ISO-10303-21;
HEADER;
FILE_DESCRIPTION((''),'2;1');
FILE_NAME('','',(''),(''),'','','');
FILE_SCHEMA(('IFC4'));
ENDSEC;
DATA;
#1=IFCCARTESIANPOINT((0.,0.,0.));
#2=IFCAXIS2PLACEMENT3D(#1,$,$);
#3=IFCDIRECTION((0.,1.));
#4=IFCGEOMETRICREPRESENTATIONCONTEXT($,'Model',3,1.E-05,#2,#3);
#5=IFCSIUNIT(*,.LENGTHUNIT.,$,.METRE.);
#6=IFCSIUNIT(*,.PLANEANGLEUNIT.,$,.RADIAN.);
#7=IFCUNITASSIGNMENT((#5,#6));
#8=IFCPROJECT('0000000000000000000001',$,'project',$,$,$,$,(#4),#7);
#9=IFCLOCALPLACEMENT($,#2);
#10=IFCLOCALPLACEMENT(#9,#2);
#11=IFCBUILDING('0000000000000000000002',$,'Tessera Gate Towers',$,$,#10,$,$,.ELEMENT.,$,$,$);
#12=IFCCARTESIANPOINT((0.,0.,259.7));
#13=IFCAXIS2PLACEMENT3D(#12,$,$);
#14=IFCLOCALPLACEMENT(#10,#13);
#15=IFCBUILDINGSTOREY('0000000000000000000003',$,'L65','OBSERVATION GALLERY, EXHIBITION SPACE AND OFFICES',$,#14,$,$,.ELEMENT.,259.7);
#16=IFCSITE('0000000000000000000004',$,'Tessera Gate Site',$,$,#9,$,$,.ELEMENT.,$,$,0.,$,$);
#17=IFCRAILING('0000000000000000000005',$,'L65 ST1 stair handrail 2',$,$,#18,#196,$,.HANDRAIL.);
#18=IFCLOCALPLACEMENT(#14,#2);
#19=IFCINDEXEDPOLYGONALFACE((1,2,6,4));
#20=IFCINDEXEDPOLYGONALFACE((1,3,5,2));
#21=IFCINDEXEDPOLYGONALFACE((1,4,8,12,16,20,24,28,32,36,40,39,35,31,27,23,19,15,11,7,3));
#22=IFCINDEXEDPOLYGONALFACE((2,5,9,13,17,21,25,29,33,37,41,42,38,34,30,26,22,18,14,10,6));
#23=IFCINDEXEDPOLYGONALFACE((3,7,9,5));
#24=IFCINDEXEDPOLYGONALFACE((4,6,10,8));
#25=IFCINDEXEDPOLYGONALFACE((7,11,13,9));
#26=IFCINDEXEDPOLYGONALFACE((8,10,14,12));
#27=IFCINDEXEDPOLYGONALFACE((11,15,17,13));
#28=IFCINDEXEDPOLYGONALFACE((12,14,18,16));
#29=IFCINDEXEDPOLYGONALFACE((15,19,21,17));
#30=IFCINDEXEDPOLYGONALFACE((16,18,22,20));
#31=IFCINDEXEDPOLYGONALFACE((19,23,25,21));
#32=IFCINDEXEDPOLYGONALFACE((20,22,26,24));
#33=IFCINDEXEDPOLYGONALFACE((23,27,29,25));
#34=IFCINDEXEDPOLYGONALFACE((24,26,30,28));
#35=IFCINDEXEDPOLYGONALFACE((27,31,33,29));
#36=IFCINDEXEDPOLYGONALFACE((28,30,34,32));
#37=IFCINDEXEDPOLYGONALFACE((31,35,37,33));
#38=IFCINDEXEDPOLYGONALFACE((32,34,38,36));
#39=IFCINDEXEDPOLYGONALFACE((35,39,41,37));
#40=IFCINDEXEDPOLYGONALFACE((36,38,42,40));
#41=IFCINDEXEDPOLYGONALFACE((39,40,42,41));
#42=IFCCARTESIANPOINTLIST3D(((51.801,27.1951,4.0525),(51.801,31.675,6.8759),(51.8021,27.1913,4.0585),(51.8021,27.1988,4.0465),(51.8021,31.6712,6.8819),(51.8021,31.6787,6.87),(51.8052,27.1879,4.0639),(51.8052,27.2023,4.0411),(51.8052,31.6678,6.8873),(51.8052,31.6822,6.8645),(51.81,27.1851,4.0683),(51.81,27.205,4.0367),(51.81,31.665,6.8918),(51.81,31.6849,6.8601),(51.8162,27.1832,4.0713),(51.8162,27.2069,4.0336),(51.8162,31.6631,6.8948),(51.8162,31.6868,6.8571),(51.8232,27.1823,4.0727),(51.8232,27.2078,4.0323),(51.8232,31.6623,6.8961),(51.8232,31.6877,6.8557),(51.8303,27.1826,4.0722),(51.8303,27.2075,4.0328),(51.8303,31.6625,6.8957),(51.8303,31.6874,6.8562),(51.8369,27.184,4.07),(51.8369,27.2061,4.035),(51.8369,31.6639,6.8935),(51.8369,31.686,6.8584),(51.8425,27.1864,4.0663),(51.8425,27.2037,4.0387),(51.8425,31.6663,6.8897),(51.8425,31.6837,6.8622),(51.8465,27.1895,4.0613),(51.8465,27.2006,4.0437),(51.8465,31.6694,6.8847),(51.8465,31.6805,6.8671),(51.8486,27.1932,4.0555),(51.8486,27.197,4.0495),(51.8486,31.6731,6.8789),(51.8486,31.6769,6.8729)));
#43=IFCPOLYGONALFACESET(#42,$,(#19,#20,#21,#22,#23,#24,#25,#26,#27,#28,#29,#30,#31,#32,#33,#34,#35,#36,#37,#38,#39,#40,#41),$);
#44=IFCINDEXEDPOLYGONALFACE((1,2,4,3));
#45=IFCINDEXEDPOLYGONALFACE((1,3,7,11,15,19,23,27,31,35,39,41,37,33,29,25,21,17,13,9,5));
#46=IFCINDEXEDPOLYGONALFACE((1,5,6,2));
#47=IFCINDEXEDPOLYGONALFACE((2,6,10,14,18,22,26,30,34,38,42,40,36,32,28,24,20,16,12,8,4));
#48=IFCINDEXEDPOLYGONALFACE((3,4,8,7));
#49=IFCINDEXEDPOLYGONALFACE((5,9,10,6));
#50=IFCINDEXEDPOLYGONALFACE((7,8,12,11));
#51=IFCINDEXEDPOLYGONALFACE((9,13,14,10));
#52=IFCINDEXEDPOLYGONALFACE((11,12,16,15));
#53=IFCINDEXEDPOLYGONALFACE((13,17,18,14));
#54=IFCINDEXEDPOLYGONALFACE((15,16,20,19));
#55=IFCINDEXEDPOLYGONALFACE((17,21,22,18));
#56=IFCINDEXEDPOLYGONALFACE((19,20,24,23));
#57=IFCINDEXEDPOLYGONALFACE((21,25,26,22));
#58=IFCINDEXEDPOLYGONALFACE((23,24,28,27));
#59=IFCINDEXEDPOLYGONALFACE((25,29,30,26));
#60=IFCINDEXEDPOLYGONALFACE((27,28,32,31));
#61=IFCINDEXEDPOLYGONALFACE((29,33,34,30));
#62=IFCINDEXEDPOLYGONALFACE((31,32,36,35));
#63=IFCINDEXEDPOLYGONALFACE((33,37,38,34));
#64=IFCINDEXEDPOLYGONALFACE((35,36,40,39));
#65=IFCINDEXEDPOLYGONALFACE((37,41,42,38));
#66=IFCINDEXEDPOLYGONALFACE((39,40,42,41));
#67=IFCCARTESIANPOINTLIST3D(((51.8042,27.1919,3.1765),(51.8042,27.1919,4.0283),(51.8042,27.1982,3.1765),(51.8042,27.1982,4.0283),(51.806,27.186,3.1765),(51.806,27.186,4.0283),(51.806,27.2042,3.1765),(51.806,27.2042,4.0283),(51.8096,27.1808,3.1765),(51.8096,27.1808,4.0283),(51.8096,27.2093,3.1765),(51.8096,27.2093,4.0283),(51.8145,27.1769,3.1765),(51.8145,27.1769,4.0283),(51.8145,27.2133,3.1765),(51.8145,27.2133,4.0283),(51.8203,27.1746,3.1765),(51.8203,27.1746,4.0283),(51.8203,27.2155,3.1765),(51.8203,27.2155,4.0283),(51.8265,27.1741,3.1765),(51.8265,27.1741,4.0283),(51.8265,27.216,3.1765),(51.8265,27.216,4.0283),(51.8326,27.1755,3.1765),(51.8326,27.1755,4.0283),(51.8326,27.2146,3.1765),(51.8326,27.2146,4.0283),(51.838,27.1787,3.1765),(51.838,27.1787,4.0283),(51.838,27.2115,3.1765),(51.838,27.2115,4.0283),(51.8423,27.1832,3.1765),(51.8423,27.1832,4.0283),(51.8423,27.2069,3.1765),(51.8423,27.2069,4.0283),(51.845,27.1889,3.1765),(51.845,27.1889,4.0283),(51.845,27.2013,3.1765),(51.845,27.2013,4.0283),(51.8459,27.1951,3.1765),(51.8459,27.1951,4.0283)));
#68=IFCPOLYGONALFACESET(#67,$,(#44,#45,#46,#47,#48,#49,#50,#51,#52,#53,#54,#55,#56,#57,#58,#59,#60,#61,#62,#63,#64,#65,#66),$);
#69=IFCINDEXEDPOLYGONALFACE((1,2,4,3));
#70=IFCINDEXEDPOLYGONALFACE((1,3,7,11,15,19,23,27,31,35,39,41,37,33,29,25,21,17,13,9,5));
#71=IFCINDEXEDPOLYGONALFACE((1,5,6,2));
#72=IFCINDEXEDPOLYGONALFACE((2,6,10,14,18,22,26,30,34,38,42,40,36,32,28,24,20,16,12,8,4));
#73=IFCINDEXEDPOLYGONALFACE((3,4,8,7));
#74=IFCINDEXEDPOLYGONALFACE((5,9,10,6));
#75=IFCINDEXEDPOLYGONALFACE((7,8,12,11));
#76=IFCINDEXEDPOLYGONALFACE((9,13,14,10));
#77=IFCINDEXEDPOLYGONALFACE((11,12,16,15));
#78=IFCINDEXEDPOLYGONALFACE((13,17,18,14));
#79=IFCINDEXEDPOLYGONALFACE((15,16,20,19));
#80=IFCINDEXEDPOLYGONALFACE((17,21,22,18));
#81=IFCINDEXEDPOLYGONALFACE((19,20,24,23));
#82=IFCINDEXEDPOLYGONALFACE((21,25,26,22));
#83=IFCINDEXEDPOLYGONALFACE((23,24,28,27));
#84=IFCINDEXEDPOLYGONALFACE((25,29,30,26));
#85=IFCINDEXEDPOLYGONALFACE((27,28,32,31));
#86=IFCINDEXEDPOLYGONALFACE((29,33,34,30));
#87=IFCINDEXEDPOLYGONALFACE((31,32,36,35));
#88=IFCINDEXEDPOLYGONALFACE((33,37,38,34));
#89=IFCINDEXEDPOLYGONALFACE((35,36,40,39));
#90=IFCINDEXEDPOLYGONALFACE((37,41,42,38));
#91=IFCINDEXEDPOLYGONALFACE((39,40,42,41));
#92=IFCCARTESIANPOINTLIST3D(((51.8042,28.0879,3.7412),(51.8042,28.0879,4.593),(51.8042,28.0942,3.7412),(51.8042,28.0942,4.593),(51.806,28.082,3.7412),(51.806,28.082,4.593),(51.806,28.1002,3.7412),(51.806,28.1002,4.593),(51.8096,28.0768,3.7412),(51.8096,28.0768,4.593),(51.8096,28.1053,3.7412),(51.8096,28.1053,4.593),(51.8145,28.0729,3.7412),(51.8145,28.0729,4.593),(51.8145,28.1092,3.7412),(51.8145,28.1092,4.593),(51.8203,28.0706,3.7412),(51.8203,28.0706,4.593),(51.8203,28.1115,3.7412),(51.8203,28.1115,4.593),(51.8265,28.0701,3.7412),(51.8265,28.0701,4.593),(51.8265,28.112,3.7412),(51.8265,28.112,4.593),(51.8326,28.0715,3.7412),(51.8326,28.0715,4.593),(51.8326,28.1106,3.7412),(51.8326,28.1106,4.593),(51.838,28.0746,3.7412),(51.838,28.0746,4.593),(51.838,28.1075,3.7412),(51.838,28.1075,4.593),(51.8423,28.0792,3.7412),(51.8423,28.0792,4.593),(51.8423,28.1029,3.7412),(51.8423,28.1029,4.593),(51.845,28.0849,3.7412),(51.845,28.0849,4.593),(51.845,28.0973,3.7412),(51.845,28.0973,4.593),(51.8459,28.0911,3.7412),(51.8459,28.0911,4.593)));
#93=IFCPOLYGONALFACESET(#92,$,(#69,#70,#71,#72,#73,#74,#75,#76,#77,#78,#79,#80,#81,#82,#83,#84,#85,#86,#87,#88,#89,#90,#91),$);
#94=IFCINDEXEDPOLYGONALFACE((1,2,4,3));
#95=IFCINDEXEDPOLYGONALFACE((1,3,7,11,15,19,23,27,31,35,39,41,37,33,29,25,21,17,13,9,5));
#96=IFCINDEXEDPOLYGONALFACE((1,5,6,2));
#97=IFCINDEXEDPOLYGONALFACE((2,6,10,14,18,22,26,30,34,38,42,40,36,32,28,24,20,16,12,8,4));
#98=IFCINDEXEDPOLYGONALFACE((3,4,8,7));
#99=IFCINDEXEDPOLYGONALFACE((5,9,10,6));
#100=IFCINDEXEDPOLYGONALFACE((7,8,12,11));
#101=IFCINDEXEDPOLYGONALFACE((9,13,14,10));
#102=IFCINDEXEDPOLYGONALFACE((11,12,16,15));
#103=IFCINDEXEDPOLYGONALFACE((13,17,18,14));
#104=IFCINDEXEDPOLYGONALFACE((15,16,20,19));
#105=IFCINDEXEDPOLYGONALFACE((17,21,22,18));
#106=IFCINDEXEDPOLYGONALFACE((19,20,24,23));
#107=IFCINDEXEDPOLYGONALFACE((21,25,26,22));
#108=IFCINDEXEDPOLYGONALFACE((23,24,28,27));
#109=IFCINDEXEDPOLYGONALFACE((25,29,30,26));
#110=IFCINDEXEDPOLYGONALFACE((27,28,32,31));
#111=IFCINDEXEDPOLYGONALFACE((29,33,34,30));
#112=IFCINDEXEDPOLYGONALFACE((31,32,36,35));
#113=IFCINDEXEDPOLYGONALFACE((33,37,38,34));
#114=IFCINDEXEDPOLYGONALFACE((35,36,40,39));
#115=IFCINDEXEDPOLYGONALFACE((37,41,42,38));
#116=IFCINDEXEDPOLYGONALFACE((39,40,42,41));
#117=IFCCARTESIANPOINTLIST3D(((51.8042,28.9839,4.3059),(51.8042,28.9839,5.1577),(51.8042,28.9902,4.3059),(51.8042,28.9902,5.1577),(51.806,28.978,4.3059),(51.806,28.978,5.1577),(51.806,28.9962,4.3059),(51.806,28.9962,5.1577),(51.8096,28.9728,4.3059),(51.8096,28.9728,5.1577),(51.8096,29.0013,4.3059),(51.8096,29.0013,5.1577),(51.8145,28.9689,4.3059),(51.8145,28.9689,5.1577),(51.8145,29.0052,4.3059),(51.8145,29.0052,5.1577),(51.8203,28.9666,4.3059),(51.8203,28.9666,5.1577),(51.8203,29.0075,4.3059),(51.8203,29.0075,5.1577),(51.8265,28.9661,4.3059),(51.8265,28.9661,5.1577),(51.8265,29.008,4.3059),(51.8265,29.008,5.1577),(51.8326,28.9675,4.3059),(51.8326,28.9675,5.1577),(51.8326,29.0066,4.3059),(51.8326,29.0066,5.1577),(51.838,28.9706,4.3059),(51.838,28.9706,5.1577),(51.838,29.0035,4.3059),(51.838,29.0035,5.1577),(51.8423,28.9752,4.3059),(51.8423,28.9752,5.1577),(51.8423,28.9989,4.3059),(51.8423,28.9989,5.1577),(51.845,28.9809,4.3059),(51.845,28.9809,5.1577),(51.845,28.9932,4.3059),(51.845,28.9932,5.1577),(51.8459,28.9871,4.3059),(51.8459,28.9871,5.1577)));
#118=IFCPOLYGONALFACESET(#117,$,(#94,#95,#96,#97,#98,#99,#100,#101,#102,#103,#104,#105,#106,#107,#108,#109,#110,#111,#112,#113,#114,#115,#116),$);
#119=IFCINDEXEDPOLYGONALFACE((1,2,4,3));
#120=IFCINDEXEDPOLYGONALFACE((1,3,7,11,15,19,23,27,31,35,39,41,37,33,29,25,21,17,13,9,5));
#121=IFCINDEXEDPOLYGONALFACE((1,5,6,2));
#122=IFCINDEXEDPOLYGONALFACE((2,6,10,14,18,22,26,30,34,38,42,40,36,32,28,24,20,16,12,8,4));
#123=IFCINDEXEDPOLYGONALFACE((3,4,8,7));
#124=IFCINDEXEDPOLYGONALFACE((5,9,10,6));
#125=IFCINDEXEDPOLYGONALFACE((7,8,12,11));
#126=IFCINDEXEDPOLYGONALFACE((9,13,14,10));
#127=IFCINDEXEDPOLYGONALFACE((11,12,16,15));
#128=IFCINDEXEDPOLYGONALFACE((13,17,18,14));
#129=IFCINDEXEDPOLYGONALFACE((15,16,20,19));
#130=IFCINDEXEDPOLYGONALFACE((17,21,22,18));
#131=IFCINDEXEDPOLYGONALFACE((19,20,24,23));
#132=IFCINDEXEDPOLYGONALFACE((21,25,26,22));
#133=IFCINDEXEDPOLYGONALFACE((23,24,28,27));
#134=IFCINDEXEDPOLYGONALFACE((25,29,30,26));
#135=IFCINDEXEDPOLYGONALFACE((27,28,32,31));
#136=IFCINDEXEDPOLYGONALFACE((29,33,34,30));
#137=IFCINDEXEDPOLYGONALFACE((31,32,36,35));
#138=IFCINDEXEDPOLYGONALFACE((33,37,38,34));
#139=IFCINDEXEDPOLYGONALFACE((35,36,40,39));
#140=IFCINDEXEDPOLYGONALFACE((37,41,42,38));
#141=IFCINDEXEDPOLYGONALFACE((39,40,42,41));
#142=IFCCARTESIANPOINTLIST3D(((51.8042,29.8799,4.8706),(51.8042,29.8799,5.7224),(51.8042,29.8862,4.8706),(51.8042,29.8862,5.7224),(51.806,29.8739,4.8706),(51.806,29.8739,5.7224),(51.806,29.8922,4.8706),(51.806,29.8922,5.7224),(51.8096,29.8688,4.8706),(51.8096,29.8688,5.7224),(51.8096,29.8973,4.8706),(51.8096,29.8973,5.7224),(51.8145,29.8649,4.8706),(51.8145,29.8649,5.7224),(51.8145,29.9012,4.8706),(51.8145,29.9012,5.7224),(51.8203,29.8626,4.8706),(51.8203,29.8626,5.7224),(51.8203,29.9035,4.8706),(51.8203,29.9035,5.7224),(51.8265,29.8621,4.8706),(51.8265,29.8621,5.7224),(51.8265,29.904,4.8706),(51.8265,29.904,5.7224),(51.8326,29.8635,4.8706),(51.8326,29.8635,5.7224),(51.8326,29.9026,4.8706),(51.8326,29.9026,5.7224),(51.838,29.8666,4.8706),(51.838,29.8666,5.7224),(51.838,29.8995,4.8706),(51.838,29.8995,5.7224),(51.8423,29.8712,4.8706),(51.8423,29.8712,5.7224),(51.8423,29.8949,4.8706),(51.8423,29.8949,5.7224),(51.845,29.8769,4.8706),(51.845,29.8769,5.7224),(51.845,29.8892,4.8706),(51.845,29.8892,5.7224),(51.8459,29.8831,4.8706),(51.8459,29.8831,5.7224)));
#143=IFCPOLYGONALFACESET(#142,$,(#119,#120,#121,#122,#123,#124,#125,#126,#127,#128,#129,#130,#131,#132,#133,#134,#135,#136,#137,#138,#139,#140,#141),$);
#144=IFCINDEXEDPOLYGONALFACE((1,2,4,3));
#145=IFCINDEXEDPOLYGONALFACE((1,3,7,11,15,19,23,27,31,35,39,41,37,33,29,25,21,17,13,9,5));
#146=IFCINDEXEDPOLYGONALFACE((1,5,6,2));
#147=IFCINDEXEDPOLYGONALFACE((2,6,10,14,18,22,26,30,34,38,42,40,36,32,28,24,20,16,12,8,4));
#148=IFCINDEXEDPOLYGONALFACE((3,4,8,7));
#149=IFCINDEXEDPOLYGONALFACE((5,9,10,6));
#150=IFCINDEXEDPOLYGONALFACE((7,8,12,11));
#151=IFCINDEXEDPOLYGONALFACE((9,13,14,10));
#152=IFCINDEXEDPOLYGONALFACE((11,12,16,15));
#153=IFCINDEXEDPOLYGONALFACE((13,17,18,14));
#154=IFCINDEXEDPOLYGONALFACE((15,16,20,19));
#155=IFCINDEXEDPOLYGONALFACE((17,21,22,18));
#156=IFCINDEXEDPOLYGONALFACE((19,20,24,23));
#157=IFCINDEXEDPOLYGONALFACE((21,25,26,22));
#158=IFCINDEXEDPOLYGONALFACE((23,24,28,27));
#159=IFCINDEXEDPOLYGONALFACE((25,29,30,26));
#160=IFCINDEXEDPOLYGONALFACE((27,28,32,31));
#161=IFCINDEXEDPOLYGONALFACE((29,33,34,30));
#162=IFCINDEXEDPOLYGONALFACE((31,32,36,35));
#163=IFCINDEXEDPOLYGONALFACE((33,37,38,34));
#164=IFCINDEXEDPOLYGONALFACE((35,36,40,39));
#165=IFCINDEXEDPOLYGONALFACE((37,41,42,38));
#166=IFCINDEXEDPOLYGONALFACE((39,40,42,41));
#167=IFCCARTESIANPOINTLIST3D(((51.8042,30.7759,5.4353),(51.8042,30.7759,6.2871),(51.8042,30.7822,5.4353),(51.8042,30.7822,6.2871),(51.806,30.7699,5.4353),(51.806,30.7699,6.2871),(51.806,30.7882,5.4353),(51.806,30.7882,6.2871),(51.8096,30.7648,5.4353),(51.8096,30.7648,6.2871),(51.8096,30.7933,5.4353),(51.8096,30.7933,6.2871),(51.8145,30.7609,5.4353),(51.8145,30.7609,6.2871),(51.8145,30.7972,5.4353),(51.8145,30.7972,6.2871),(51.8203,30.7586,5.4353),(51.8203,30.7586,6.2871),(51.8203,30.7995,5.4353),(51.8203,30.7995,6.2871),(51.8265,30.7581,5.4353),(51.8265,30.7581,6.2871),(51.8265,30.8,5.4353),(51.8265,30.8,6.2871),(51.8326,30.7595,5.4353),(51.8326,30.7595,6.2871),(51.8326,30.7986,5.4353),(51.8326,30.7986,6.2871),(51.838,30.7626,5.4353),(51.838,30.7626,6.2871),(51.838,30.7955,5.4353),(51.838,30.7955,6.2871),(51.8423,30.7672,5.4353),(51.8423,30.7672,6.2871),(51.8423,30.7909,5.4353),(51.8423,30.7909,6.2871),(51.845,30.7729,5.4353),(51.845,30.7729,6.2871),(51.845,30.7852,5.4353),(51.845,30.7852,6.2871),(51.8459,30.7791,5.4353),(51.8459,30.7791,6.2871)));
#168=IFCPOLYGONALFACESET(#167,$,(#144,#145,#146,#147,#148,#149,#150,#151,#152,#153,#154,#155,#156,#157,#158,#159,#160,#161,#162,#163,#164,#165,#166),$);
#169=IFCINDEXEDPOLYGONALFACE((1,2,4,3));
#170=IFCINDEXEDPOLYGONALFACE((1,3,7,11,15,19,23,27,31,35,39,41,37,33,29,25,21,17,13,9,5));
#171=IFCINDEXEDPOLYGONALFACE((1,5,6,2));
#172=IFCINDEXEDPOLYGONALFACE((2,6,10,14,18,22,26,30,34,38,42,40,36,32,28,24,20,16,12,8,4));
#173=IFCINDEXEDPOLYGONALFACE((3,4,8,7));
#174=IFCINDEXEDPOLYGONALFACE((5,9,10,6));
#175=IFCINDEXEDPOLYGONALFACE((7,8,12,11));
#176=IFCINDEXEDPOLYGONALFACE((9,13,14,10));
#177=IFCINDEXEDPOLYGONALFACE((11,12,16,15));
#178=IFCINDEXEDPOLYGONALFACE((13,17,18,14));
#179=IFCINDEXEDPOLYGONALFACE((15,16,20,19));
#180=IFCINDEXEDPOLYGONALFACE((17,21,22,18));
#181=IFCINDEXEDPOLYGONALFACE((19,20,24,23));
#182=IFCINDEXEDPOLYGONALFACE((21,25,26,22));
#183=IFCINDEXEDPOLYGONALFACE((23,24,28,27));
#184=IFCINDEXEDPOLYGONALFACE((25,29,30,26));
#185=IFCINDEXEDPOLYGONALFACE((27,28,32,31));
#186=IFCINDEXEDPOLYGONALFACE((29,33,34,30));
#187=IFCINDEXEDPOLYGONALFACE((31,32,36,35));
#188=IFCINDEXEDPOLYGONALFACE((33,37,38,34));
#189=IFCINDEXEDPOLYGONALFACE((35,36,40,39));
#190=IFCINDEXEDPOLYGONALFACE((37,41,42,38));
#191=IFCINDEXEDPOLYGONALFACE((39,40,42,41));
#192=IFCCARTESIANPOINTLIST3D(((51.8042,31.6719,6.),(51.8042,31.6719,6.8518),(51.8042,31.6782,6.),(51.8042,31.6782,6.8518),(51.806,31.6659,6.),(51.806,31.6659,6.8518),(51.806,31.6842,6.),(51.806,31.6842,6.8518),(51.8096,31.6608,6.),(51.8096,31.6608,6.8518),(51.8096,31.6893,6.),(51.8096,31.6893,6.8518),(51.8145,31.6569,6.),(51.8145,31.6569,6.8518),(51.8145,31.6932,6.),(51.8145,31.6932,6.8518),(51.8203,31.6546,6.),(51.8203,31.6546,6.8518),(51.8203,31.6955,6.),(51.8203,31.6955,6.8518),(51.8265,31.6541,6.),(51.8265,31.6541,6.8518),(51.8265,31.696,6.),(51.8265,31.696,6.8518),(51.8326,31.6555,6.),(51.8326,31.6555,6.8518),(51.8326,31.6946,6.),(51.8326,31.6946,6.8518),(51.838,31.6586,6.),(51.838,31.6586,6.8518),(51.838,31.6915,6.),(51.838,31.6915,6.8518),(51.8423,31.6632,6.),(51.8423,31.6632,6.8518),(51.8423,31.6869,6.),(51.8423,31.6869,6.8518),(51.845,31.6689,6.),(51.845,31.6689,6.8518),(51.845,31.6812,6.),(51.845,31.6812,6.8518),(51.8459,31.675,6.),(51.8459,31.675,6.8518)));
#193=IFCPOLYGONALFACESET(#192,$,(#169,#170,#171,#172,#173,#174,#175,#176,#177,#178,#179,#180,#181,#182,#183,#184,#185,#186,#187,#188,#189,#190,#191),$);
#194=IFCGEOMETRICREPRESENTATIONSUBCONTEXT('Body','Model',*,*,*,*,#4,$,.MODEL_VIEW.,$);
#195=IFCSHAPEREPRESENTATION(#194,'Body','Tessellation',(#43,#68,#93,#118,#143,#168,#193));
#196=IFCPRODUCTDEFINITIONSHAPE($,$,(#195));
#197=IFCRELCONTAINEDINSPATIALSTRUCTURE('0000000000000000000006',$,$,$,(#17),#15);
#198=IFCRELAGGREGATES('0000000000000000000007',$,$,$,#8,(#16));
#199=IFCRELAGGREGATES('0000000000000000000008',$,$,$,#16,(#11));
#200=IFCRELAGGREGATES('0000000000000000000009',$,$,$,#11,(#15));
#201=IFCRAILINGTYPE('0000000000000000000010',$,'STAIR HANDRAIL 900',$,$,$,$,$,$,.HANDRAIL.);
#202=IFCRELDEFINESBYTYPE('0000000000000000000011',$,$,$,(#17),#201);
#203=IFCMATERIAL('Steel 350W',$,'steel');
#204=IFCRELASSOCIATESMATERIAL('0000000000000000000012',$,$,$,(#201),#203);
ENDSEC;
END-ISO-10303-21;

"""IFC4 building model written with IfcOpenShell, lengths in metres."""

from ifc_helpers import new_model, si_unit, direction, frame, origin, origin_2d, place, context, subcontext, project, spatial, circle, extrude, material, type_object, element, save


model = new_model("IFC4")

# Units and contexts
model_context = context("Model", 3, precision=1e-05, world=origin(), true_north=direction((0.0, 1.0)))
body_context = subcontext(model_context, "Body", "Model", "MODEL_VIEW")
ifc_project = project(units=[si_unit("LENGTHUNIT", "METRE"), si_unit("PLANEANGLEUNIT", "RADIAN")], contexts=[model_context])

# Site, building, storey
site_placement = place(None, origin())
site = spatial("IfcSite", under=ifc_project, at=site_placement, Name="Tessera Gate Site", CompositionType="ELEMENT", RefElevation=0.0)
building_placement = place(site_placement, origin())
building = spatial("IfcBuilding", under=site, at=building_placement, Name="Tessera Gate Towers", CompositionType="ELEMENT")
storey_placement = place(building_placement, frame((0.0, 0.0, 259.7)))
storey = spatial("IfcBuildingStorey", under=building, at=storey_placement, Name="L65", Description="OBSERVATION GALLERY, EXHIBITION SPACE AND OFFICES", CompositionType="ELEMENT", Elevation=259.7)

# Railing
ifc_material_1 = material(Name="Steel 350W", Category="steel")
railing_type_1 = type_object("IfcRailingType", Name="STAIR HANDRAIL 900", PredefinedType="HANDRAIL", material=ifc_material_1)
railing_1_placement = place(storey_placement, frame((51.825, 27.1951, 3.1765)))
element("IfcRailing", 1, at=railing_1_placement, inside=storey, type_object=railing_type_1, Name="L65 ST1 stair handrail 2", PredefinedType="HANDRAIL", context=body_context, shape_type="SweptSolid", body=[
    extrude(circle(Radius=0.0239, at=origin_2d()), frame((0.0, 0.0, 0.876), z_axis=(0.0, 0.845998, 0.533186), x_axis=(-1.0, 0.0, 0.0)), (0.0, 0.0, 1.0), 5.2954),
    extrude(circle(Radius=0.021, at=origin_2d()), origin(), (0.0, 0.0, 1.0), 0.8518),
    extrude(circle(Radius=0.021, at=origin_2d()), frame((0.0, 0.896, 0.5647)), (0.0, 0.0, 1.0), 0.8518),
    extrude(circle(Radius=0.021, at=origin_2d()), frame((0.0, 1.792, 1.1294)), (0.0, 0.0, 1.0), 0.8518),
    extrude(circle(Radius=0.021, at=origin_2d()), frame((0.0, 2.688, 1.6941)), (0.0, 0.0, 1.0), 0.8518),
    extrude(circle(Radius=0.021, at=origin_2d()), frame((0.0, 3.584, 2.2588)), (0.0, 0.0, 1.0), 0.8518),
    extrude(circle(Radius=0.021, at=origin_2d()), frame((0.0, 4.48, 2.8235)), (0.0, 0.0, 1.0), 0.8518),
])

save(model, "model.ifc")
